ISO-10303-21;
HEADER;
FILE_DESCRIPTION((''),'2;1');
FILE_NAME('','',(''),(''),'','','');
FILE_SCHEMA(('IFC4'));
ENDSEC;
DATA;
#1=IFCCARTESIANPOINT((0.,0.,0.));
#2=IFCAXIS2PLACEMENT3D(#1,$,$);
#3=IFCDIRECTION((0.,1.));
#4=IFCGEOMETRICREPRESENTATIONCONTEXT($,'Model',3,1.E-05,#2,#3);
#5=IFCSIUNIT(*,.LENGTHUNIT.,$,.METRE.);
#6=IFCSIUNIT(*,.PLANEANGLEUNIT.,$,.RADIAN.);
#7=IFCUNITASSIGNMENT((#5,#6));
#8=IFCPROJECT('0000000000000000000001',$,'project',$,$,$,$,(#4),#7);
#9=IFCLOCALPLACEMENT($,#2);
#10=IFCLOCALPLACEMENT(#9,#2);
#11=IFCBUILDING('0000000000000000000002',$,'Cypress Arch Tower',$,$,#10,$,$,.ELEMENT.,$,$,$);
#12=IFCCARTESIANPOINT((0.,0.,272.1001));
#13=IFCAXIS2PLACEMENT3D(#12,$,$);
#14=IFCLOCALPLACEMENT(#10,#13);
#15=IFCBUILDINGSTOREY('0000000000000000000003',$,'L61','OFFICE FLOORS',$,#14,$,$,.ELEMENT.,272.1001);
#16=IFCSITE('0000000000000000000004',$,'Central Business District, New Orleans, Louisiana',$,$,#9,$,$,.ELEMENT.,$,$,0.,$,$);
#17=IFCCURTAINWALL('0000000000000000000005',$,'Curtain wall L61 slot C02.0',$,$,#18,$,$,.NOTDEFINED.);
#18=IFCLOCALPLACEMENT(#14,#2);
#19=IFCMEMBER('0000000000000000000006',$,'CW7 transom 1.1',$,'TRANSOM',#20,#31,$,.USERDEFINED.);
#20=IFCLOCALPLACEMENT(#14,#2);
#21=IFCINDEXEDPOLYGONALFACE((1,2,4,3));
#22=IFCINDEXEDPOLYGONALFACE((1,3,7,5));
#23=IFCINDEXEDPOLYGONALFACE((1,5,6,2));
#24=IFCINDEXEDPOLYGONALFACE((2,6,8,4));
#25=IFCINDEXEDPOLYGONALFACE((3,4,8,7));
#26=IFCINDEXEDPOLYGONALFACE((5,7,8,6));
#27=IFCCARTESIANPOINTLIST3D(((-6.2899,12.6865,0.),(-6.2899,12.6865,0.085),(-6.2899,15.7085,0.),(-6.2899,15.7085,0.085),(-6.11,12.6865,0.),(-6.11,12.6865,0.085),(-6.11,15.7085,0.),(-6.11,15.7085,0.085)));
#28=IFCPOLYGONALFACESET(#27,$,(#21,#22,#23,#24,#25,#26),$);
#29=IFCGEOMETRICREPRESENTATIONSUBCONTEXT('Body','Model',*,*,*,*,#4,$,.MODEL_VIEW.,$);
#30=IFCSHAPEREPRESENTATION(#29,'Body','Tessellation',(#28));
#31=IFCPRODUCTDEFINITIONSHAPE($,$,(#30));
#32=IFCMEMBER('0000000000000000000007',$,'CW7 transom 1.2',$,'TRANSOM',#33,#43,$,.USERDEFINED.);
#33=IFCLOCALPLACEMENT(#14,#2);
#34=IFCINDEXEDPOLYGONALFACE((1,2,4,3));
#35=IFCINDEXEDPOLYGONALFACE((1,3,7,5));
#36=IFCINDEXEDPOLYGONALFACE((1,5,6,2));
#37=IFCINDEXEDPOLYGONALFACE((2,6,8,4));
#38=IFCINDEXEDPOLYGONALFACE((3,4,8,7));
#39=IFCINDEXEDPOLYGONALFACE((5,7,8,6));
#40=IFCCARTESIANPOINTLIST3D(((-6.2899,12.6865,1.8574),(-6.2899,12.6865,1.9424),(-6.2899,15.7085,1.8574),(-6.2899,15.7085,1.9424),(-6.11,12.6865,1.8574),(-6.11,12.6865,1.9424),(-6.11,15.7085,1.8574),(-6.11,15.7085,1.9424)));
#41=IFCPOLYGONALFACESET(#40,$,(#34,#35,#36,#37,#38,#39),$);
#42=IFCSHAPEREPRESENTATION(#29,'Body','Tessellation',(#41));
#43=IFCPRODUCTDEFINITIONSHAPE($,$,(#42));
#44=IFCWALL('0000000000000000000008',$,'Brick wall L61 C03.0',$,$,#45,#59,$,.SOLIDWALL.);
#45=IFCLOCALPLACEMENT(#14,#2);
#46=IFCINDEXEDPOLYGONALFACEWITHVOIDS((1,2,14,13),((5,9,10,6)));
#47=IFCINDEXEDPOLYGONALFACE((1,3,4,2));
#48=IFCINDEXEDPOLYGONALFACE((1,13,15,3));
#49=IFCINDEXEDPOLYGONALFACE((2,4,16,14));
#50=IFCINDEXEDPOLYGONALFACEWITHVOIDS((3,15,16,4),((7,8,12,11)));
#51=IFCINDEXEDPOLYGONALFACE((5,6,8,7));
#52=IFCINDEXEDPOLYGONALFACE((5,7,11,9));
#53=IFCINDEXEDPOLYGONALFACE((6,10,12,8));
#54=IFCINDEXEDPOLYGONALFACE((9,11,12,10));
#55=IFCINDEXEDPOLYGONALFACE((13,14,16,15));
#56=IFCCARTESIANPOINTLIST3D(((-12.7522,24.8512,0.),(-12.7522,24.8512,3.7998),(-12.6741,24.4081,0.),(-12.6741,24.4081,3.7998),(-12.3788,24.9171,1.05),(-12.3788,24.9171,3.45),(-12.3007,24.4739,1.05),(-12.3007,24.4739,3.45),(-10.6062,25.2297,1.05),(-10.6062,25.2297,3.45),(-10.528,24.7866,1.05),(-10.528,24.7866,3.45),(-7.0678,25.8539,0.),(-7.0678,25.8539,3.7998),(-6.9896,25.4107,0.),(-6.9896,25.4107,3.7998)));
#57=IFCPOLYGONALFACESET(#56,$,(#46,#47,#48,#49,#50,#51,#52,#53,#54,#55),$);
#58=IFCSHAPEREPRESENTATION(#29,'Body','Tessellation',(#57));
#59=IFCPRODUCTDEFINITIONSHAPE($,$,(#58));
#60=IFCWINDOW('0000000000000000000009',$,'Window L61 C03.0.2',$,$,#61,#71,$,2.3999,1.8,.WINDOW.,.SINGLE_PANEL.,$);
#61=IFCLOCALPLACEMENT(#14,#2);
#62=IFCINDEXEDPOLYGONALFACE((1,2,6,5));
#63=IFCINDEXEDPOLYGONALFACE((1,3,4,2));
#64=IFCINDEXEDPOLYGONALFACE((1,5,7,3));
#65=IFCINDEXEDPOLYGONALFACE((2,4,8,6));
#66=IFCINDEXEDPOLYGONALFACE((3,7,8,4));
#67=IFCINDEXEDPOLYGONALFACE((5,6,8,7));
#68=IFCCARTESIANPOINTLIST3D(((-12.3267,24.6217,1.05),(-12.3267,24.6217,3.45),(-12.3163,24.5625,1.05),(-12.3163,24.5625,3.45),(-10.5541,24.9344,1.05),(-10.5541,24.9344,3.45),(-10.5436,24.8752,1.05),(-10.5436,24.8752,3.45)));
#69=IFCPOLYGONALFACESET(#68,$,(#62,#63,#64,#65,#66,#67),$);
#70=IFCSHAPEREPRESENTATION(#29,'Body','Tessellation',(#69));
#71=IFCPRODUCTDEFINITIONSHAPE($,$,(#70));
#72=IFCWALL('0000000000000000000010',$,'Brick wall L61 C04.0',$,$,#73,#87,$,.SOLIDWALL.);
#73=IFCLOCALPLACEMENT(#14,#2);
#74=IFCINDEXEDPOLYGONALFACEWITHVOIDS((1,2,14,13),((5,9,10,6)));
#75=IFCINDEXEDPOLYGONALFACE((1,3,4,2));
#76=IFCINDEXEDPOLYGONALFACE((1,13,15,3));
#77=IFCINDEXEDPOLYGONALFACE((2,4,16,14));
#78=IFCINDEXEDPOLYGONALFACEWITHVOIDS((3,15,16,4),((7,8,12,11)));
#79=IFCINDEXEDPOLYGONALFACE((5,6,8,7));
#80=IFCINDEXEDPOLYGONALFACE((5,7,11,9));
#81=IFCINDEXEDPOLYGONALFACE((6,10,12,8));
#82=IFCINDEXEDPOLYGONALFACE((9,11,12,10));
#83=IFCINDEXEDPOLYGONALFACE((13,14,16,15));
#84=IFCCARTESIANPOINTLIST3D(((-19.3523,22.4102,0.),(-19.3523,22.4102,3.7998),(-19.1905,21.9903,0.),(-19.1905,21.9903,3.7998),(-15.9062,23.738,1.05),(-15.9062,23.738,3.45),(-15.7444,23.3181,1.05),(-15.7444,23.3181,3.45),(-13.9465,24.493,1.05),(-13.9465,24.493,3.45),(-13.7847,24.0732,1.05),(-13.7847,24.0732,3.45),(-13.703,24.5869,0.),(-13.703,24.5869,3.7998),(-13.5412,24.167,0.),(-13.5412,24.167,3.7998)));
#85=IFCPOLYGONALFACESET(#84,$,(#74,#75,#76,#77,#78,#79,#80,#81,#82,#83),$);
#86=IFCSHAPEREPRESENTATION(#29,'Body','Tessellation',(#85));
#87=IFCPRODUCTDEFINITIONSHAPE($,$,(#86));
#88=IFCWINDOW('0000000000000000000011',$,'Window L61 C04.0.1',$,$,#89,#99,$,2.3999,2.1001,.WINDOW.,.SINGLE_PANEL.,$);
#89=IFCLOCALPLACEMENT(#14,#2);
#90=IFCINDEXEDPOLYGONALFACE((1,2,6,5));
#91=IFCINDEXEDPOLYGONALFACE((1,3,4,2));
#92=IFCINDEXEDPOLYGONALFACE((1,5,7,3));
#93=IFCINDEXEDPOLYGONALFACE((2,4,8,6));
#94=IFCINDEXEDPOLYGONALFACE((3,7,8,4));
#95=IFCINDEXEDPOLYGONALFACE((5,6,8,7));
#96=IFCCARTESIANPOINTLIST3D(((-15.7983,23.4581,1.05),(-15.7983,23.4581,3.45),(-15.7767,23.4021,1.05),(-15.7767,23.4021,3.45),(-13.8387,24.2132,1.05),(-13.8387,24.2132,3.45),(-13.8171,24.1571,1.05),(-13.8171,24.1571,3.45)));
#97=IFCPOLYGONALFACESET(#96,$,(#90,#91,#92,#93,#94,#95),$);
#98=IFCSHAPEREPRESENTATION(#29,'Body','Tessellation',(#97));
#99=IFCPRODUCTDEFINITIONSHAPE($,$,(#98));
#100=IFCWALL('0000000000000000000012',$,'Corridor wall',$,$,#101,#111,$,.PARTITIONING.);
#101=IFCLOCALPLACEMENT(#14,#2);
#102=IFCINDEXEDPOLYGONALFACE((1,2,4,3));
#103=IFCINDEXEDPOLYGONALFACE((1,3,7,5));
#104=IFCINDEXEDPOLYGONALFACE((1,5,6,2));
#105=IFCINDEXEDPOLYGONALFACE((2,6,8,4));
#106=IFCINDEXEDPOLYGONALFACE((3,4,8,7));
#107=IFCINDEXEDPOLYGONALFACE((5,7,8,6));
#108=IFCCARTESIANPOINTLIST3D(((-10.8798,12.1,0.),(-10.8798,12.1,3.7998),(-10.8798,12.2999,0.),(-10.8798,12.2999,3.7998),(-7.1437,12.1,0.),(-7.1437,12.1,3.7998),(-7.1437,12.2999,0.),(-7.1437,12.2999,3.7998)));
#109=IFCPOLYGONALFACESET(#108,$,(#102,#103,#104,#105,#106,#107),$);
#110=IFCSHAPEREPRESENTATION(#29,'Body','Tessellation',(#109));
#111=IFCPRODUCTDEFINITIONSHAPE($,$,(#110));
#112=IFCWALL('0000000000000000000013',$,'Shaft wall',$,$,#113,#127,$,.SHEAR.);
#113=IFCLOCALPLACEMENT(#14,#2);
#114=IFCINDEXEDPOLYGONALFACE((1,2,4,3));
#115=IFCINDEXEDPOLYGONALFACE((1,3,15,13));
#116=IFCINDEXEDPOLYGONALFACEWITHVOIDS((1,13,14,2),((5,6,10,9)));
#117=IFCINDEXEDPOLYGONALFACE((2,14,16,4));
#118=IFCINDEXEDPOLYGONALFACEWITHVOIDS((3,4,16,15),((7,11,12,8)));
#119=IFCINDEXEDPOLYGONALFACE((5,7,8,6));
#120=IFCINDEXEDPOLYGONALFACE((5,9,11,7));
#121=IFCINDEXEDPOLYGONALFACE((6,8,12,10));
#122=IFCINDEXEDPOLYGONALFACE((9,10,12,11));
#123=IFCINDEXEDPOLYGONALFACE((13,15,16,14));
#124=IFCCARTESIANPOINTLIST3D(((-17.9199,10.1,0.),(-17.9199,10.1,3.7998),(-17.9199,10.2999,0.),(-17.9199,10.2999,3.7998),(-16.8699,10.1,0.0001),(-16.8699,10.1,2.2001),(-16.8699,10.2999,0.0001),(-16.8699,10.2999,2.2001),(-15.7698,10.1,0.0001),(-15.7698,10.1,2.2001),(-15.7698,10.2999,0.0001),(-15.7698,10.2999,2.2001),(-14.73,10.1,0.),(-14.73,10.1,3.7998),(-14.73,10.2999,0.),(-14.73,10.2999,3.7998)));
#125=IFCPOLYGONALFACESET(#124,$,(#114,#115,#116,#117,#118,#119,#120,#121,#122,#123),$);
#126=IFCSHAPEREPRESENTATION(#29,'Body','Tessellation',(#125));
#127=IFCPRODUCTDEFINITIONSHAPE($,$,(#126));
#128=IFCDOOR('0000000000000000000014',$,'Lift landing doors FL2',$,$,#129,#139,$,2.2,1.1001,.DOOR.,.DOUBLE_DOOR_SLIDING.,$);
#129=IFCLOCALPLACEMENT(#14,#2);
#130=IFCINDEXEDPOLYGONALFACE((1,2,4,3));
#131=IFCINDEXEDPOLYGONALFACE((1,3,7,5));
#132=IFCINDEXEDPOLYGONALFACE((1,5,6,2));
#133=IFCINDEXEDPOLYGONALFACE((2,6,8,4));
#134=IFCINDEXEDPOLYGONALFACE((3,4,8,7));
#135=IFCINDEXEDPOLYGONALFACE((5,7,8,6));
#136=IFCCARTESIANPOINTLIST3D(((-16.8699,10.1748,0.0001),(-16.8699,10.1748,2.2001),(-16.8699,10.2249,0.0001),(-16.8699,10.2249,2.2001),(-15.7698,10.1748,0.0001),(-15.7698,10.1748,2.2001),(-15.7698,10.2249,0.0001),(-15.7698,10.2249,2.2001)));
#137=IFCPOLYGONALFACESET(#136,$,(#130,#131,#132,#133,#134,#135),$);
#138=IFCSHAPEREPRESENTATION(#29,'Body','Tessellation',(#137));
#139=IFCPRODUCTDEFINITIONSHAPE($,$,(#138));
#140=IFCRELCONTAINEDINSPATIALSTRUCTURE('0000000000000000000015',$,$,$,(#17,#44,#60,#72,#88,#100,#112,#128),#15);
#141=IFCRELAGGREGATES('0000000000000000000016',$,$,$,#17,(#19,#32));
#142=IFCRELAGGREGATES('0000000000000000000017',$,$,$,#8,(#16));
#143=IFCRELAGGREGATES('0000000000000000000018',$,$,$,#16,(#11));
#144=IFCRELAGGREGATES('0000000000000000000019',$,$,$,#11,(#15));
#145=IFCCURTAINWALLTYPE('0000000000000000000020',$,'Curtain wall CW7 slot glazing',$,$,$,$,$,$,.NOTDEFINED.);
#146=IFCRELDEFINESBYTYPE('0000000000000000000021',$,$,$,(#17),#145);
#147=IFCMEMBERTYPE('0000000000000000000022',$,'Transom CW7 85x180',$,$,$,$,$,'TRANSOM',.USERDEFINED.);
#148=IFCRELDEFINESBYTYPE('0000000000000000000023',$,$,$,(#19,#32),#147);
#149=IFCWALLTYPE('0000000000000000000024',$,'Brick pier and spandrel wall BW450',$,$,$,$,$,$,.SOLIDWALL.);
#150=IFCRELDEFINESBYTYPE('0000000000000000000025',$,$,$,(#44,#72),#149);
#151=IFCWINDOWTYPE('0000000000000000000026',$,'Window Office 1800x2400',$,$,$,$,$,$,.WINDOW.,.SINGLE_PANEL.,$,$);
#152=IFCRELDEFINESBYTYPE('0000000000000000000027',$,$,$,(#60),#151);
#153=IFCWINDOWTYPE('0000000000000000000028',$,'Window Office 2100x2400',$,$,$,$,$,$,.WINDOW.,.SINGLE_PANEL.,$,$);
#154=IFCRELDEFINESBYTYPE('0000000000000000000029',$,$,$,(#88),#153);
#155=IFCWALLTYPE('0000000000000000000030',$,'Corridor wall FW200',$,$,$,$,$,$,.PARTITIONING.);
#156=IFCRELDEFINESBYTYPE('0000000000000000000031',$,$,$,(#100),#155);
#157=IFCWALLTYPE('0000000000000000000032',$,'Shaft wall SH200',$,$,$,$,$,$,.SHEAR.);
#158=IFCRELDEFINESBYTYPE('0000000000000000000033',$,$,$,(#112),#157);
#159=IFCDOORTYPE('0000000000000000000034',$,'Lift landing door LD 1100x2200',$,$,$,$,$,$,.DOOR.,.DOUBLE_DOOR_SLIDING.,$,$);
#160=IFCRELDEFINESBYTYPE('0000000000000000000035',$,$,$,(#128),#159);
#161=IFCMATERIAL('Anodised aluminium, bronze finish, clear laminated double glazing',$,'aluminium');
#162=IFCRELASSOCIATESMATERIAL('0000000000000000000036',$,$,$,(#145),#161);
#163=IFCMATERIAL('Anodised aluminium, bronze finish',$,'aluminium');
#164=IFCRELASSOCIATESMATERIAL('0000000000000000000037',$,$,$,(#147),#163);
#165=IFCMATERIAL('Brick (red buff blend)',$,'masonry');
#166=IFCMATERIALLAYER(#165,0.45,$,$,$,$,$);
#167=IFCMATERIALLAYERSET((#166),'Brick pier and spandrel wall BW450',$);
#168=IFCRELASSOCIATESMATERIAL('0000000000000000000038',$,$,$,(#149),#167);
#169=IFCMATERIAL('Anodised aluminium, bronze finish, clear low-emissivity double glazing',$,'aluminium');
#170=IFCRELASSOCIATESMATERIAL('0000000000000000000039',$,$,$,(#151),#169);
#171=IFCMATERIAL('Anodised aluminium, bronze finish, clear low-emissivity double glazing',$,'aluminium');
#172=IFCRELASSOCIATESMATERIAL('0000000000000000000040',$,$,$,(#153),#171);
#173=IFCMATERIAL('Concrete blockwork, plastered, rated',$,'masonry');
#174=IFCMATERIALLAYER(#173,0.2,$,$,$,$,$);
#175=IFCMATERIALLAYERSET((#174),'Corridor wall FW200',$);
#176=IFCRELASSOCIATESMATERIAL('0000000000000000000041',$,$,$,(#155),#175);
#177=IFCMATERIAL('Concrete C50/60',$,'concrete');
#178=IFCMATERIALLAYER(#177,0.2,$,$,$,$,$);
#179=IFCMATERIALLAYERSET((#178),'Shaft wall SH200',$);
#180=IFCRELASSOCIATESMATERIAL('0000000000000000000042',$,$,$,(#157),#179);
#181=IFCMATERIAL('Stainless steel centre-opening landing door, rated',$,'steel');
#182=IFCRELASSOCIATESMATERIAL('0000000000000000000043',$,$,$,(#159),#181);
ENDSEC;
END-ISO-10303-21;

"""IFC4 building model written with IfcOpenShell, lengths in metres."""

from ifc_helpers import new_model, si_unit, direction, frame, frame_2d, origin, origin_2d, place, context, subcontext, project, spatial, rectangle, extrude, material, layer, layer_set, material_profile, profile_set, type_object, element, fill, aggregate, save


model = new_model("IFC4")

# Units and contexts
model_context = context("Model", 3, precision=1e-05, world=origin(), true_north=direction((0.0, 1.0)))
body_context = subcontext(model_context, "Body", "Model", "MODEL_VIEW")
ifc_project = project(units=[si_unit("LENGTHUNIT", "METRE"), si_unit("PLANEANGLEUNIT", "RADIAN")], contexts=[model_context])

# Site, building, storey
site_placement = place(None, origin())
site = spatial("IfcSite", under=ifc_project, at=site_placement, Name="Central Business District, New Orleans, Louisiana", CompositionType="ELEMENT", RefElevation=0.0)
building_placement = place(site_placement, origin())
building = spatial("IfcBuilding", under=site, at=building_placement, Name="Cypress Arch Tower", CompositionType="ELEMENT")
storey_placement = place(building_placement, frame((0.0, 0.0, 272.1001)))
storey = spatial("IfcBuildingStorey", under=building, at=storey_placement, Name="L61", Description="OFFICE FLOORS", CompositionType="ELEMENT", Elevation=272.1001)

# Curtain wall
ifc_material_1 = material(Name="Anodised aluminium, bronze finish, clear laminated double glazing", Category="aluminium")
curtain_wall_type = type_object("IfcCurtainWallType", Name="Curtain wall CW7 slot glazing", PredefinedType="NOTDEFINED", material=ifc_material_1)
curtain_wall_placement = place(storey_placement, origin())
curtain_wall = element("IfcCurtainWall", 1, at=curtain_wall_placement, inside=storey, type_object=curtain_wall_type, Name="Curtain wall L61 slot C02.0", PredefinedType="NOTDEFINED")

# Members
ifc_material_2 = material(Name="Anodised aluminium, bronze finish", Category="aluminium")
ifc_material_profile_1 = material_profile(ifc_material_2, rectangle(XDim=0.1799, YDim=0.085, at=origin_2d()), Name="Transom 85x180")
ifc_profile_set_1 = profile_set([ifc_material_profile_1], Name="Anodised aluminium, bronze finish")
member_type_1 = type_object("IfcMemberType", Name="Transom CW7 85x180", ElementType="TRANSOM", PredefinedType="USERDEFINED", material=ifc_profile_set_1)
member_1_placement = place(storey_placement, frame((-6.2, 12.6865, 0.0425), z_axis=(0.0, 1.0, 0.0), x_axis=(-1.0, 0.0, 0.0)))
member_1 = element("IfcMember", 2, at=member_1_placement, type_object=member_type_1, Name="CW7 transom 1.1", ObjectType="TRANSOM", PredefinedType="USERDEFINED", context=body_context, shape_type="SweptSolid", body=[
    extrude(rectangle(XDim=0.1799, YDim=0.085, at=origin_2d()), origin(), (0.0, 0.0, 1.0), 3.022),
])
member_2_placement = place(storey_placement, frame((-6.2, 12.6865, 1.8999), z_axis=(0.0, 1.0, 0.0), x_axis=(-1.0, 0.0, 0.0)))
member_2 = element("IfcMember", 3, at=member_2_placement, type_object=member_type_1, Name="CW7 transom 1.2", ObjectType="TRANSOM", PredefinedType="USERDEFINED", context=body_context, shape_type="SweptSolid", body=[
    extrude(rectangle(XDim=0.1799, YDim=0.085, at=origin_2d()), origin(), (0.0, 0.0, 1.0), 3.022),
])
aggregate(curtain_wall, [member_1, member_2])

# Walls, openings, windows
ifc_material_3 = material(Name="Brick (red buff blend)", Category="masonry")
ifc_layer_1 = layer(ifc_material_3, 0.45)
ifc_layer_set_1 = layer_set([ifc_layer_1], Name="Brick pier and spandrel wall BW450")
wall_type_1 = type_object("IfcWallType", Name="Brick pier and spandrel wall BW450", PredefinedType="SOLIDWALL", material=ifc_layer_set_1)
wall_1_placement = place(storey_placement, frame((-7.0286, 25.6323, 0.0), z_axis=(0.0, 0.0, 1.0), x_axis=(-0.984798, -0.173706, 0.0)))
wall_1 = element("IfcWall", 4, at=wall_1_placement, inside=storey, type_object=wall_type_1, Name="Brick wall L61 C03.0", PredefinedType="SOLIDWALL", context=body_context, shape_type="SweptSolid", body=[
    extrude(rectangle(XDim=5.7722, YDim=0.45, at=frame_2d((2.8862, 0.0))), origin(), (0.0, 0.0, 1.0), 3.7998),
])
opening_1_placement = place(wall_1_placement, frame((3.5933, 0.0, 1.05)))
opening_1 = element("IfcOpeningElement", 5, at=opening_1_placement, cuts=wall_1, PredefinedType="OPENING", context=body_context, shape_type="SweptSolid", body=[
    extrude(rectangle(XDim=1.8, YDim=2.3999, at=frame_2d((0.8999, 1.2))), frame((0.0, 0.2349, 0.0), z_axis=(0.0, -1.0, 0.0), x_axis=(1.0, 0.0, 0.0)), (0.0, 0.0, 1.0), 0.47),
])
ifc_material_4 = material(Name="Anodised aluminium, bronze finish, clear low-emissivity double glazing", Category="aluminium")
window_type_1 = type_object("IfcWindowType", Name="Window Office 1800x2400", PartitioningType="SINGLE_PANEL", PredefinedType="WINDOW", material=ifc_material_4)
window_1_placement = place(opening_1_placement, origin())
window_1 = element("IfcWindow", 6, at=window_1_placement, inside=storey, type_object=window_type_1, Name="Window L61 C03.0.2", OverallHeight=2.3999, OverallWidth=1.8, PartitioningType="SINGLE_PANEL", PredefinedType="WINDOW", context=body_context, shape_type="SweptSolid", body=[
    extrude(rectangle(XDim=1.8, YDim=2.3999, at=frame_2d((0.8999, 1.2))), frame((0.0, 0.135, 0.0), z_axis=(0.0, -1.0, 0.0), x_axis=(1.0, 0.0, 0.0)), (0.0, 0.0, 1.0), 0.0601),
])
fill(opening_1, window_1)
wall_2_placement = place(storey_placement, frame((-13.6221, 24.377, 0.0), z_axis=(0.0, 0.0, 1.0), x_axis=(-0.933129, -0.359541, 0.0)))
wall_2 = element("IfcWall", 7, at=wall_2_placement, inside=storey, type_object=wall_type_1, Name="Brick wall L61 C04.0", PredefinedType="SOLIDWALL", context=body_context, shape_type="SweptSolid", body=[
    extrude(rectangle(XDim=6.0542, YDim=0.45, at=frame_2d((3.0271, 0.0))), origin(), (0.0, 0.0, 1.0), 3.7998),
])
opening_2_placement = place(wall_2_placement, frame((0.261, 0.0, 1.05)))
opening_2 = element("IfcOpeningElement", 8, at=opening_2_placement, cuts=wall_2, PredefinedType="OPENING", context=body_context, shape_type="SweptSolid", body=[
    extrude(rectangle(XDim=2.1001, YDim=2.3999, at=frame_2d((1.05, 1.2))), frame((0.0, 0.2349, 0.0), z_axis=(0.0, -1.0, 0.0), x_axis=(1.0, 0.0, 0.0)), (0.0, 0.0, 1.0), 0.47),
])
ifc_material_5 = material(Name="Anodised aluminium, bronze finish, clear low-emissivity double glazing", Category="aluminium")
window_type_2 = type_object("IfcWindowType", Name="Window Office 2100x2400", PartitioningType="SINGLE_PANEL", PredefinedType="WINDOW", material=ifc_material_5)
window_2_placement = place(opening_2_placement, origin())
window_2 = element("IfcWindow", 9, at=window_2_placement, inside=storey, type_object=window_type_2, Name="Window L61 C04.0.1", OverallHeight=2.3999, OverallWidth=2.1001, PartitioningType="SINGLE_PANEL", PredefinedType="WINDOW", context=body_context, shape_type="SweptSolid", body=[
    extrude(rectangle(XDim=2.1001, YDim=2.3999, at=frame_2d((1.05, 1.2))), frame((0.0, 0.135, 0.0), z_axis=(0.0, -1.0, 0.0), x_axis=(1.0, 0.0, 0.0)), (0.0, 0.0, 1.0), 0.0601),
])
fill(opening_2, window_2)

# Wall
ifc_material_6 = material(Name="Concrete blockwork, plastered, rated", Category="masonry")
ifc_layer_2 = layer(ifc_material_6, 0.2)
ifc_layer_set_2 = layer_set([ifc_layer_2], Name="Corridor wall FW200")
wall_type_2 = type_object("IfcWallType", Name="Corridor wall FW200", PredefinedType="PARTITIONING", material=ifc_layer_set_2)
wall_3_placement = place(storey_placement, frame((-10.8799, 12.2, 0.0), z_axis=(0.0, 0.0, 1.0), x_axis=(1.0, 0.0, 0.0)))
element("IfcWall", 10, at=wall_3_placement, inside=storey, type_object=wall_type_2, Name="Corridor wall", PredefinedType="PARTITIONING", context=body_context, shape_type="SweptSolid", body=[
    extrude(rectangle(XDim=3.7361, YDim=0.2, at=frame_2d((1.8682, 0.0))), origin(), (0.0, 0.0, 1.0), 3.7998),
])

# Wall, opening, door
ifc_material_7 = material(Name="Concrete C50/60", Category="concrete")
ifc_layer_3 = layer(ifc_material_7, 0.2)
ifc_layer_set_3 = layer_set([ifc_layer_3], Name="Shaft wall SH200")
wall_type_3 = type_object("IfcWallType", Name="Shaft wall SH200", PredefinedType="SHEAR", material=ifc_layer_set_3)
wall_4_placement = place(storey_placement, frame((-17.9199, 10.2, 0.0), z_axis=(0.0, 0.0, 1.0), x_axis=(1.0, 0.0, 0.0)))
wall_4 = element("IfcWall", 11, at=wall_4_placement, inside=storey, type_object=wall_type_3, Name="Shaft wall", PredefinedType="SHEAR", context=body_context, shape_type="SweptSolid", body=[
    extrude(rectangle(XDim=3.1899, YDim=0.2, at=frame_2d((1.595, 0.0))), origin(), (0.0, 0.0, 1.0), 3.7998),
])
opening_3_placement = place(wall_4_placement, frame((1.05, 0.0, 0.0)))
opening_3 = element("IfcOpeningElement", 12, at=opening_3_placement, cuts=wall_4, PredefinedType="OPENING", context=body_context, shape_type="SweptSolid", body=[
    extrude(rectangle(XDim=1.1001, YDim=2.2, at=frame_2d((0.55, 1.1001))), frame((0.0, 0.1099, 0.0), z_axis=(0.0, -1.0, 0.0), x_axis=(1.0, 0.0, 0.0)), (0.0, 0.0, 1.0), 0.22),
])
ifc_material_8 = material(Name="Stainless steel centre-opening landing door, rated", Category="steel")
door_type = type_object("IfcDoorType", Name="Lift landing door LD 1100x2200", OperationType="DOUBLE_DOOR_SLIDING", PredefinedType="DOOR", material=ifc_material_8)
door_placement = place(opening_3_placement, origin())
door = element("IfcDoor", 13, at=door_placement, inside=storey, type_object=door_type, Name="Lift landing doors FL2", OperationType="DOUBLE_DOOR_SLIDING", OverallHeight=2.2, OverallWidth=1.1001, PredefinedType="DOOR", context=body_context, shape_type="SweptSolid", body=[
    extrude(rectangle(XDim=1.1001, YDim=2.2, at=frame_2d((0.55, 1.1001))), frame((0.0, 0.0249, 0.0), z_axis=(0.0, -1.0, 0.0), x_axis=(1.0, 0.0, 0.0)), (0.0, 0.0, 1.0), 0.05),
])
fill(opening_3, door)

save(model, "model.ifc")
